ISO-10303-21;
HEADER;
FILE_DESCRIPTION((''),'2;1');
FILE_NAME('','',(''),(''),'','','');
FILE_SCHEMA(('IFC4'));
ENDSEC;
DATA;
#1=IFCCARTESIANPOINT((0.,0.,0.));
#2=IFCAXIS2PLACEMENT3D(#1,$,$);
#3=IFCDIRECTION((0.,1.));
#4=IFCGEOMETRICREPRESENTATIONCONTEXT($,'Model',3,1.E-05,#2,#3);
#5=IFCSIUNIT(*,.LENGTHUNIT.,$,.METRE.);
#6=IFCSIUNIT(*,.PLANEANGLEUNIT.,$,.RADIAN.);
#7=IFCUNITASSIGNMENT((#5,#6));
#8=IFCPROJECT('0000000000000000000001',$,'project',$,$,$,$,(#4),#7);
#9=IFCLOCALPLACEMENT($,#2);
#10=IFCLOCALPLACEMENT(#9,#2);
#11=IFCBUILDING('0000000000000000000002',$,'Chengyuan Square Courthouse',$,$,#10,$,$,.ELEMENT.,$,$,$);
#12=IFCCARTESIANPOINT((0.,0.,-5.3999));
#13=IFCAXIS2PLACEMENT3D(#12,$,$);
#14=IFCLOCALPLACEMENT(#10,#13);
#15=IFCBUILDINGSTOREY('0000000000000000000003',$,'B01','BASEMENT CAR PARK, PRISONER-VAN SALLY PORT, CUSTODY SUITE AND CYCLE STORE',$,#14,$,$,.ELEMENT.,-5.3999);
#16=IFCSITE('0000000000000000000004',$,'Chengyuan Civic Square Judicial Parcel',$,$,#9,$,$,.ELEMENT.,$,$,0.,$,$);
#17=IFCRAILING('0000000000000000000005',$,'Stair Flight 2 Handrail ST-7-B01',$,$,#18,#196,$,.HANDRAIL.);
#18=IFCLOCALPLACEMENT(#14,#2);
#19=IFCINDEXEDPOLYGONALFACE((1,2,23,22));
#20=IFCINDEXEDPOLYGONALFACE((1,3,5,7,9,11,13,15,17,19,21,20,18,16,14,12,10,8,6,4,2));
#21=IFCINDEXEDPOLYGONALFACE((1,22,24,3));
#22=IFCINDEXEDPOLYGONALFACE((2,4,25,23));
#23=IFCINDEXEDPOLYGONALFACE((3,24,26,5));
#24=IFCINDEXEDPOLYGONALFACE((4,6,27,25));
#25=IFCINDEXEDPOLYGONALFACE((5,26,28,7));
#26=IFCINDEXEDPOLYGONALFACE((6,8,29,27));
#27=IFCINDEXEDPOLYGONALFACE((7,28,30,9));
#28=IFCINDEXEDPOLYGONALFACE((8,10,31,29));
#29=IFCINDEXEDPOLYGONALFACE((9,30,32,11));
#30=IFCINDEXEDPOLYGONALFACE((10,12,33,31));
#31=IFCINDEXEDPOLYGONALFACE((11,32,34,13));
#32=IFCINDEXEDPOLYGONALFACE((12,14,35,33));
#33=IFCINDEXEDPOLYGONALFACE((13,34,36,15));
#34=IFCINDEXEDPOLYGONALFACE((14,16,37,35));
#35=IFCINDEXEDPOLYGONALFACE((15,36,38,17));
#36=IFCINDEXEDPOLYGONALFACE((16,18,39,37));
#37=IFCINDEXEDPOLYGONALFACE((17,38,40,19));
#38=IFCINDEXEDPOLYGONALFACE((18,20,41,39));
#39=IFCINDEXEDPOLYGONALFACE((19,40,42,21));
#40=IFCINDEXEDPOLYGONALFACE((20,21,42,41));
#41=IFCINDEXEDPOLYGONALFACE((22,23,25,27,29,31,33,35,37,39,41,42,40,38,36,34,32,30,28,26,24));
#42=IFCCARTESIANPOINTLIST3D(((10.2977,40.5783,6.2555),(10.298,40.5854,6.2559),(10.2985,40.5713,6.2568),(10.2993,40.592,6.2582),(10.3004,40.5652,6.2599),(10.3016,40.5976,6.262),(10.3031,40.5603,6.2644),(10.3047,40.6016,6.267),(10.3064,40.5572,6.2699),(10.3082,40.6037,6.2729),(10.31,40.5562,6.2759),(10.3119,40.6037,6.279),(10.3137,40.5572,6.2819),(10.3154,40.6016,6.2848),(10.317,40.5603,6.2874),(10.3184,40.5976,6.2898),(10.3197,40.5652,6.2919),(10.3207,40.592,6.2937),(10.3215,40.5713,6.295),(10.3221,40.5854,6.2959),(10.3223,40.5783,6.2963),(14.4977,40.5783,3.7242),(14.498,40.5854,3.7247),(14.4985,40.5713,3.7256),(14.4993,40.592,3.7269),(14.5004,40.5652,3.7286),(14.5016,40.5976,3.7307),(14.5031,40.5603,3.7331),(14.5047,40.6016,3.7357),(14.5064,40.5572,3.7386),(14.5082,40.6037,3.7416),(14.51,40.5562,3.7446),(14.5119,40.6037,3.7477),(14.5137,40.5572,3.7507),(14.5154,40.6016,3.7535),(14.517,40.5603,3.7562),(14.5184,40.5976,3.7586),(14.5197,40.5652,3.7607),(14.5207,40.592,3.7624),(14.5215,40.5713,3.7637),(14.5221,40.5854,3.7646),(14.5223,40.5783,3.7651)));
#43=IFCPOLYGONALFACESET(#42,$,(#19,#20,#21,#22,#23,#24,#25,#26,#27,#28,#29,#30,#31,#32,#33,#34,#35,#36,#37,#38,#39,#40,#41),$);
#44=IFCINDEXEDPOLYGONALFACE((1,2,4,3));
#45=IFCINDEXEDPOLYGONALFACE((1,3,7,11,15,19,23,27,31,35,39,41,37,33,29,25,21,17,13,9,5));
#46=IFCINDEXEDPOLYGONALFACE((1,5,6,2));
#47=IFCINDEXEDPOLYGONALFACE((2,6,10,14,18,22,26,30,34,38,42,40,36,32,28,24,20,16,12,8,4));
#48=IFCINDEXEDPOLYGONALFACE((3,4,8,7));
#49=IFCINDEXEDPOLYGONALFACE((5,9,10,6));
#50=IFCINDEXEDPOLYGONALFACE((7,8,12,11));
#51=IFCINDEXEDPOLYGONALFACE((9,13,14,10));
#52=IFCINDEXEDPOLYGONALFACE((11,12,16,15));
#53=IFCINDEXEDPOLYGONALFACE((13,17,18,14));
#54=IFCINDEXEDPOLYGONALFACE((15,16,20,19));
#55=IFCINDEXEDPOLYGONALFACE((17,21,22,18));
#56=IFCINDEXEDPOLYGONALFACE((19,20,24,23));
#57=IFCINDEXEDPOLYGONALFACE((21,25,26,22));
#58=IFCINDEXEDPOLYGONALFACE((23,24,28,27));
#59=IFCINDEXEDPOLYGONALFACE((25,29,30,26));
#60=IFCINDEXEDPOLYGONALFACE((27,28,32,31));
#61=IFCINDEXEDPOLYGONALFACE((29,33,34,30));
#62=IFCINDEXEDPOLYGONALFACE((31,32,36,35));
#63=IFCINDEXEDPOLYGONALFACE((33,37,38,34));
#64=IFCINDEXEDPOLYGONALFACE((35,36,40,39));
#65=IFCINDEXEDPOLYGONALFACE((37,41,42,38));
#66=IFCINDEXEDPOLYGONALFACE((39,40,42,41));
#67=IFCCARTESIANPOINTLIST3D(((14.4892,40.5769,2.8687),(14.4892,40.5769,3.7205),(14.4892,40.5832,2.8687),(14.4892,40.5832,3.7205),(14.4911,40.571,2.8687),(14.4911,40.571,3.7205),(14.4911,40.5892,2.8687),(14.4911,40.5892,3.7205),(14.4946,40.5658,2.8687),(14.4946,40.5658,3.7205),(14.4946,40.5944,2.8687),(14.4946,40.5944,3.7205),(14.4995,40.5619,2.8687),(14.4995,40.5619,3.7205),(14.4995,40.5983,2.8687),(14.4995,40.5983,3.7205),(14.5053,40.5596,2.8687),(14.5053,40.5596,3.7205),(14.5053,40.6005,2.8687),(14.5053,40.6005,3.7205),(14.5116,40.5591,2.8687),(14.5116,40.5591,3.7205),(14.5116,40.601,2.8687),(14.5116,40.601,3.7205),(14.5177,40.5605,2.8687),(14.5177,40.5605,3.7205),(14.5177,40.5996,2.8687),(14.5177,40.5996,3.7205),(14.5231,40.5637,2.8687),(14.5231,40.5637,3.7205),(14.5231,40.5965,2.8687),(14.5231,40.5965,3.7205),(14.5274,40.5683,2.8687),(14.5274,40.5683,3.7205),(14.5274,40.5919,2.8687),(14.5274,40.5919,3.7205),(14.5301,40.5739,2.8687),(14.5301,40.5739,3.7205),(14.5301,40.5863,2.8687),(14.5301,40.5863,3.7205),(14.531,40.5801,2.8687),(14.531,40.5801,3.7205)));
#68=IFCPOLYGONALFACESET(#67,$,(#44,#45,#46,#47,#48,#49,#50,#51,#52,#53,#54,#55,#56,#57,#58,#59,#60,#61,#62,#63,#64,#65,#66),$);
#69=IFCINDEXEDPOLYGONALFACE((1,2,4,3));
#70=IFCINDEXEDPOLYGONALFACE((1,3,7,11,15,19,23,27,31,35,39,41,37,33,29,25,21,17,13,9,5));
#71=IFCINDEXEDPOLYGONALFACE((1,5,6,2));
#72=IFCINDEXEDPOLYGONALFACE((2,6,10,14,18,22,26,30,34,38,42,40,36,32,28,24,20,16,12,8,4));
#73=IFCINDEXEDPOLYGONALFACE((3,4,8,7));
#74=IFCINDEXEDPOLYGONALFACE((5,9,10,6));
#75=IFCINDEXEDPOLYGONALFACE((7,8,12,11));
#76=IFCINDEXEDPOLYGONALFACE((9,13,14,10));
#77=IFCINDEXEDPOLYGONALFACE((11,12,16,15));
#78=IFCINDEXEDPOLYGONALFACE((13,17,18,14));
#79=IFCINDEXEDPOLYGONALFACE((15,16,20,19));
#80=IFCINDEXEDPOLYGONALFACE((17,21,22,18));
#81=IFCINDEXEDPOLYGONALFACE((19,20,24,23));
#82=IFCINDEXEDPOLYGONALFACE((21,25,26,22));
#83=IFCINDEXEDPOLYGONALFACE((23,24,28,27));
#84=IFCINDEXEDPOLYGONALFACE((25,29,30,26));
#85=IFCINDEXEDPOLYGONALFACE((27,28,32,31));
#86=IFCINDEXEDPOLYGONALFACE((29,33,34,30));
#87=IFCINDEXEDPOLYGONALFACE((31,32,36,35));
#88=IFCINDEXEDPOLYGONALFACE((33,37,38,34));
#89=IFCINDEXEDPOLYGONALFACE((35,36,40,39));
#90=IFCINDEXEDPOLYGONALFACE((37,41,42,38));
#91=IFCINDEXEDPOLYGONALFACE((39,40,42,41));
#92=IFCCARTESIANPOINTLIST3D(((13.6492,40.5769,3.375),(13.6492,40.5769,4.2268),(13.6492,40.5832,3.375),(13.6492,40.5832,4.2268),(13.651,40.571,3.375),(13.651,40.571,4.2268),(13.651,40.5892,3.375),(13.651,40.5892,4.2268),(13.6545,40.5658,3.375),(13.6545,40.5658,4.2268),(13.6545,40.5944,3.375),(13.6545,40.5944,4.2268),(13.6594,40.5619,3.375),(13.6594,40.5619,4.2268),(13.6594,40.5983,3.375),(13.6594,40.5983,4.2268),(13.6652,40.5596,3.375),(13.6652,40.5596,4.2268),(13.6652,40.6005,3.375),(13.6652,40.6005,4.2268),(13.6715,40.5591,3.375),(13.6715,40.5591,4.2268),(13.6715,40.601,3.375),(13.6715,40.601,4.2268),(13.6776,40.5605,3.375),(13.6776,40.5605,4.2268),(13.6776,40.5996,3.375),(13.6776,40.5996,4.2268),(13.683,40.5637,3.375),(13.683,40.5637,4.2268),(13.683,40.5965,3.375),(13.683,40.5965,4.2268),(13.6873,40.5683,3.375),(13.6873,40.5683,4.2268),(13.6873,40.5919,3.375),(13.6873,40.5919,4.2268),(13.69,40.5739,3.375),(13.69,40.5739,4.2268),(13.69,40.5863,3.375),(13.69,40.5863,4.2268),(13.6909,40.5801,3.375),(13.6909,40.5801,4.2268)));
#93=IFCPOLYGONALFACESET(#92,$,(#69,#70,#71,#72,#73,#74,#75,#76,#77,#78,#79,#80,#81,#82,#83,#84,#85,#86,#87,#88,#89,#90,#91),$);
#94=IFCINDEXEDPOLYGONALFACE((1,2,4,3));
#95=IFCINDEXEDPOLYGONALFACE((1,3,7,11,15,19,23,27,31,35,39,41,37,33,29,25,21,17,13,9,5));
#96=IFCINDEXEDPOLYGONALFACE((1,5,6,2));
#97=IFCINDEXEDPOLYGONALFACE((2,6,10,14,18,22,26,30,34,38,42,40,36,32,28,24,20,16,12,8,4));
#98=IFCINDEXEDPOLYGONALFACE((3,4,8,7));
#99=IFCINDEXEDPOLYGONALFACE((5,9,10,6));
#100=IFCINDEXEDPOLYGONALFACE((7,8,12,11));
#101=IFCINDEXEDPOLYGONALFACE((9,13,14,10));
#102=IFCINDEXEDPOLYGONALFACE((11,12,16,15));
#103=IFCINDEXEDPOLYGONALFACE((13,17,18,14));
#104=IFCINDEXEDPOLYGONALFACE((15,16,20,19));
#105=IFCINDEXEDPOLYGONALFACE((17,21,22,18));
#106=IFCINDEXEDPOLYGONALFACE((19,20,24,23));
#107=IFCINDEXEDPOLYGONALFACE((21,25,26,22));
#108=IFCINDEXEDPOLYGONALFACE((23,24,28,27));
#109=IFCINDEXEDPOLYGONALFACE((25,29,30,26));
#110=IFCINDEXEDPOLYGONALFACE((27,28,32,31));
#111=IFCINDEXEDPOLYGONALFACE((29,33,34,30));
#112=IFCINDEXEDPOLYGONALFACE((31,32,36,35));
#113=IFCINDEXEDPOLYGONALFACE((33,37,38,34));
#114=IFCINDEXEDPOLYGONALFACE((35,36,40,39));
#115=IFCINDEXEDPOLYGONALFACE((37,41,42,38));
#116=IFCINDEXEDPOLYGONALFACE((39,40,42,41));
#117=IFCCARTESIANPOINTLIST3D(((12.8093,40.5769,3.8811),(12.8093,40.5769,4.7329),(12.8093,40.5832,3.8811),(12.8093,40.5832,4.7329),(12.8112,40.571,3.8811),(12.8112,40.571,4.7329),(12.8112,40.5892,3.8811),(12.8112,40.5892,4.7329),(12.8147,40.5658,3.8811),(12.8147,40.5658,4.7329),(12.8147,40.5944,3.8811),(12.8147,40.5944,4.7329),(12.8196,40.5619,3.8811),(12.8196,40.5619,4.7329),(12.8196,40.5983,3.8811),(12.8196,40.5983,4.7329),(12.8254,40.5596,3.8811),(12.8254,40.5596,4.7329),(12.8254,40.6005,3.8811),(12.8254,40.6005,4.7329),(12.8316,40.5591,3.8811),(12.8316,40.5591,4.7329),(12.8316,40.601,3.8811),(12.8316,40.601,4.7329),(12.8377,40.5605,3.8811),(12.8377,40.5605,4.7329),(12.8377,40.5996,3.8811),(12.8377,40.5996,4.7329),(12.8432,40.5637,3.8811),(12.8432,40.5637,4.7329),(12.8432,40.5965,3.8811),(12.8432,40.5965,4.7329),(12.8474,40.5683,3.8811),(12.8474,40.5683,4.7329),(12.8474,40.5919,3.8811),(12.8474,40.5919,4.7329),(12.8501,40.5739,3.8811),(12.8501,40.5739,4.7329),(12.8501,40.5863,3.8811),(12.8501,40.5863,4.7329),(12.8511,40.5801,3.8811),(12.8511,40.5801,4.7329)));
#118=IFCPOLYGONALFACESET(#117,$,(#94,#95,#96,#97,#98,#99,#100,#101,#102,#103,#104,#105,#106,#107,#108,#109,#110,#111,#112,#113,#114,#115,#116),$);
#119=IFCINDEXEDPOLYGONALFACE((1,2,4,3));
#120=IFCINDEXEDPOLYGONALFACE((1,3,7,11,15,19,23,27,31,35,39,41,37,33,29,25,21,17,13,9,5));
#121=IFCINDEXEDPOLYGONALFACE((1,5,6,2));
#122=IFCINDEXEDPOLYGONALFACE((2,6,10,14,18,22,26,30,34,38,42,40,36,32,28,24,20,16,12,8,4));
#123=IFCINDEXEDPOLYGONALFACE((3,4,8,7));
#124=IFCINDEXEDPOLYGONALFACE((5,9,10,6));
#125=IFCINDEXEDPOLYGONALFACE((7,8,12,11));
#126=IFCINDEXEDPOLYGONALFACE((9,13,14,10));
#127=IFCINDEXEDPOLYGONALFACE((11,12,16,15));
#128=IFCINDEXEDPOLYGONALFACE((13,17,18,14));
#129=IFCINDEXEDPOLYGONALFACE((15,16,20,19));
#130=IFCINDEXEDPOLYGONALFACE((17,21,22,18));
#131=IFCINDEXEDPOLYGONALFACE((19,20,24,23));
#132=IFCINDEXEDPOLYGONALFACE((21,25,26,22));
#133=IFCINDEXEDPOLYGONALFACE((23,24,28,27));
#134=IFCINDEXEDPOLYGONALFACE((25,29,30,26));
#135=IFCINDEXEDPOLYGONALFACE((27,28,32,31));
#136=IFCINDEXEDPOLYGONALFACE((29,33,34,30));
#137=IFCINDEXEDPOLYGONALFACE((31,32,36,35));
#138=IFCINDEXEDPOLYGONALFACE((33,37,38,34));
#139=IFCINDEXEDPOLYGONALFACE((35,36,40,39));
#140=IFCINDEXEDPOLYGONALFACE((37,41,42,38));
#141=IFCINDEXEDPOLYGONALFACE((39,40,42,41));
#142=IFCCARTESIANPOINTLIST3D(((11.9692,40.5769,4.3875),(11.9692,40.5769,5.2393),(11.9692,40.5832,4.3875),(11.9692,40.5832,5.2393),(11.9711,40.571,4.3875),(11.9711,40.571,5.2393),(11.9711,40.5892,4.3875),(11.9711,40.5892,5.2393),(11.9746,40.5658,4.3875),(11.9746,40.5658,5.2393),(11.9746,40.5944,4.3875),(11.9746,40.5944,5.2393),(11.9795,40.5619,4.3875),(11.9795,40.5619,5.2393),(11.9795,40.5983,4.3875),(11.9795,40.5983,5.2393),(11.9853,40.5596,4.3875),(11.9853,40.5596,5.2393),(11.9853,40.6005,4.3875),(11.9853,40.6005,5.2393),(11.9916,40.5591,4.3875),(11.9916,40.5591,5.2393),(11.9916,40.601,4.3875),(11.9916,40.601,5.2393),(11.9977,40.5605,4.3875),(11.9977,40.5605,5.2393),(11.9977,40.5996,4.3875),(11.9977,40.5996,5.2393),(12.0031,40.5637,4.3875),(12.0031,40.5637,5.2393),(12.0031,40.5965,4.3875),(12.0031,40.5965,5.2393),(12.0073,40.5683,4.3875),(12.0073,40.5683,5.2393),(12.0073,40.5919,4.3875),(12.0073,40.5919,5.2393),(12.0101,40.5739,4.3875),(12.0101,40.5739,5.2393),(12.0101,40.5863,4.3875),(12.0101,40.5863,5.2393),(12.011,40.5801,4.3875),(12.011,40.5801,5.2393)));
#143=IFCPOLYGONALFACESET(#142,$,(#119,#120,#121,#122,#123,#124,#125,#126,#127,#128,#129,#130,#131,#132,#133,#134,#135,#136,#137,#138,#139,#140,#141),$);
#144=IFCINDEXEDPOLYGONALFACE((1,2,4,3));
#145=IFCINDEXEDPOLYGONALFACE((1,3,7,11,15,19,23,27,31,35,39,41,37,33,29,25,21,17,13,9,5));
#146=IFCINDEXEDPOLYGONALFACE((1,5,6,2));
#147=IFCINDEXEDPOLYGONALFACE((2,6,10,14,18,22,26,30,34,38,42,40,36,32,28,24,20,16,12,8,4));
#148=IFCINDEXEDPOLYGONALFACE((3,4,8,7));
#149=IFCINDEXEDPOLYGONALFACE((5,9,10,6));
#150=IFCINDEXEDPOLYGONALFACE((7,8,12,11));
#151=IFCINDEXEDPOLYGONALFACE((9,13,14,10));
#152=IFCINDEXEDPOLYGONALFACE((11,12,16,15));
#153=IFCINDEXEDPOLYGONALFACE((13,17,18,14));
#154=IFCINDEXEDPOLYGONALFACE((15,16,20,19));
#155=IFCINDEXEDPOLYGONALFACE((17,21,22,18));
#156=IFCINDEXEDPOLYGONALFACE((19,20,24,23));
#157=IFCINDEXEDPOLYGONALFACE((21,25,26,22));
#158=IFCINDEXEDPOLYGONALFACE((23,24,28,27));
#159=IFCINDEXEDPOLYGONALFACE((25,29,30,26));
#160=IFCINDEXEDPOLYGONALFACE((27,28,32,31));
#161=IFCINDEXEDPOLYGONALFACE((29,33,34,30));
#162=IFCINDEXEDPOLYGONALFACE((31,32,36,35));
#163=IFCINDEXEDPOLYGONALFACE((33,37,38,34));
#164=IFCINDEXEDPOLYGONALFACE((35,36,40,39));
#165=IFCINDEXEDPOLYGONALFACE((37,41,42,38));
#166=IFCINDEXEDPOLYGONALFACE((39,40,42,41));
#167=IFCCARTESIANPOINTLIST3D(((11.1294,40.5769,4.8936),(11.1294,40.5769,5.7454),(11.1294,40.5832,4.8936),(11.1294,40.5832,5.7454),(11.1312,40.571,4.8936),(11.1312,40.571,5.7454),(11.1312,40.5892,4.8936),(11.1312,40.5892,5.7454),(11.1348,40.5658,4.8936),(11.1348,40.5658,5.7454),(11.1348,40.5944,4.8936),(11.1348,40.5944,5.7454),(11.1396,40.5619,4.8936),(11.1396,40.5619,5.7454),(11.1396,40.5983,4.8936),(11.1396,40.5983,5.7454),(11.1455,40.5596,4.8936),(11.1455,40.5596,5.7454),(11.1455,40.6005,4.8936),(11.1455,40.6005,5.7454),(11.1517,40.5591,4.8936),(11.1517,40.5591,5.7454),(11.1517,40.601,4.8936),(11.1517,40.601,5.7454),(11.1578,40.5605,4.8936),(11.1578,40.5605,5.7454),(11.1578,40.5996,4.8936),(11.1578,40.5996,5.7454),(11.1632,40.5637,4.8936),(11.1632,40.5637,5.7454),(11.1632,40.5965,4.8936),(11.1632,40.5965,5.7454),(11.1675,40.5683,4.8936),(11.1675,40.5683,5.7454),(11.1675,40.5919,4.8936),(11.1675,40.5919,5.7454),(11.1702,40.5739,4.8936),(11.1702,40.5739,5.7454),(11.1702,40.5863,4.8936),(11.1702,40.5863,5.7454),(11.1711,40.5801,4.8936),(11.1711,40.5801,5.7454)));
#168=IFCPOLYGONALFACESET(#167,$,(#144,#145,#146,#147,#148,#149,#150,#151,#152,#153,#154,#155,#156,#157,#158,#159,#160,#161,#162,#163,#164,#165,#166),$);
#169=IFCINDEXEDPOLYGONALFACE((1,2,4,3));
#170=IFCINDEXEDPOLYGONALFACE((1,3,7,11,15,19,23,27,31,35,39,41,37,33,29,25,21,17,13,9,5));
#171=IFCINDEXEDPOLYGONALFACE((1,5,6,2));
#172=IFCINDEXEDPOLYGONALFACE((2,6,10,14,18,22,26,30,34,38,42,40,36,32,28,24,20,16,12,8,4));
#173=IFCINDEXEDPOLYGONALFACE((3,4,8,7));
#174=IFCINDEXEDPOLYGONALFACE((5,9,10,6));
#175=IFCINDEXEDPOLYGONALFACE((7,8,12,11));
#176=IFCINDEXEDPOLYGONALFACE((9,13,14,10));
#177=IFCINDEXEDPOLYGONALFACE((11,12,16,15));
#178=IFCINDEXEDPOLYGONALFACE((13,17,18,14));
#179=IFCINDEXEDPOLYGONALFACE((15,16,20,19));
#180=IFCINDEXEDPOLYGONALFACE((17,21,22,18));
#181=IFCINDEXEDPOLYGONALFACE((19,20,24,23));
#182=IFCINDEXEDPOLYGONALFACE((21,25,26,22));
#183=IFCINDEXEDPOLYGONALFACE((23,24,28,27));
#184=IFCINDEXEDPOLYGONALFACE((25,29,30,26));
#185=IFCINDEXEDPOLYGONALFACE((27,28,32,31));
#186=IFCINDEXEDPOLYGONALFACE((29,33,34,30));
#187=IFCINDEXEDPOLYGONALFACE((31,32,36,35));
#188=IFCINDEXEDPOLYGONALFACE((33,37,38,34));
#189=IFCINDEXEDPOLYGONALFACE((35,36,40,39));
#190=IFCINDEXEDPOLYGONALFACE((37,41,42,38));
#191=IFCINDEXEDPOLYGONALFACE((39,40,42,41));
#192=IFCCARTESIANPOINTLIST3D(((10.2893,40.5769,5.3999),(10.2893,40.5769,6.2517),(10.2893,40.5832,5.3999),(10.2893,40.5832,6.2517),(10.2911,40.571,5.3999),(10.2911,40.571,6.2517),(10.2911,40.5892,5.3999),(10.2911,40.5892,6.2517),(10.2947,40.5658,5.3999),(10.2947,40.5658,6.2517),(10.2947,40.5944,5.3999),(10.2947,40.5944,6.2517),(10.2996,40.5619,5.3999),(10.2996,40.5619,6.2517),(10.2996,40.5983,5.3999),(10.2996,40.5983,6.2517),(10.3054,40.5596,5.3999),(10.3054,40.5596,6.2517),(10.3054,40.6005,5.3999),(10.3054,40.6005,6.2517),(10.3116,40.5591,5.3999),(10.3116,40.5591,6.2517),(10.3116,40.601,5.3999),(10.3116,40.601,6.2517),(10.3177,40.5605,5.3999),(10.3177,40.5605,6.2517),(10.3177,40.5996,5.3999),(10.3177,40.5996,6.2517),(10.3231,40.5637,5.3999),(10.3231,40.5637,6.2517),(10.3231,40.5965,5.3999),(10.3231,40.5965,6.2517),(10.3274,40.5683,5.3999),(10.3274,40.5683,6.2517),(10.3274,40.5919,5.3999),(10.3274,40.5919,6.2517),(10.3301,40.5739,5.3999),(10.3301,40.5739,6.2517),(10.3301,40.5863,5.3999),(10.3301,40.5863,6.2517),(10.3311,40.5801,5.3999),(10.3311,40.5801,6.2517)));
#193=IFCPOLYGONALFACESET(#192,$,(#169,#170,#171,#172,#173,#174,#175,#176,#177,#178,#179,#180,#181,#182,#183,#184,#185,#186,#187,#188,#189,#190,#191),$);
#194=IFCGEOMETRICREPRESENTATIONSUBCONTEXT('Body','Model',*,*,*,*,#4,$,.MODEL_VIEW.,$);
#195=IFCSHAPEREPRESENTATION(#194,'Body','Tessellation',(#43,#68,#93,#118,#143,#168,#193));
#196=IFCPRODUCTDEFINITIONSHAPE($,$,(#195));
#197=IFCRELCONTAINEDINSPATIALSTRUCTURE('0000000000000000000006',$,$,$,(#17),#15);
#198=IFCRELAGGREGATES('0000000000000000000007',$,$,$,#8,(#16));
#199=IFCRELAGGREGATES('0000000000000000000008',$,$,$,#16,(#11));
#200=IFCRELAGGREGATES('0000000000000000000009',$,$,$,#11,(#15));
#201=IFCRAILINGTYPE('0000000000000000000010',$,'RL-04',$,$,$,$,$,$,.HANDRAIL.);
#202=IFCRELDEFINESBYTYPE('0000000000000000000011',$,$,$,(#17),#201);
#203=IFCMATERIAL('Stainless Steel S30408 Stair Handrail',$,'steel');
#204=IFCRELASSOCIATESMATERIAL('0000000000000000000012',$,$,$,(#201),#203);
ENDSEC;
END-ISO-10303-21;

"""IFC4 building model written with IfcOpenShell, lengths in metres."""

from ifc_helpers import new_model, si_unit, direction, frame, origin, origin_2d, place, context, subcontext, project, spatial, circle, extrude, material, type_object, element, save


model = new_model("IFC4")

# Units and contexts
model_context = context("Model", 3, precision=1e-05, world=origin(), true_north=direction((0.0, 1.0)))
body_context = subcontext(model_context, "Body", "Model", "MODEL_VIEW")
ifc_project = project(units=[si_unit("LENGTHUNIT", "METRE"), si_unit("PLANEANGLEUNIT", "RADIAN")], contexts=[model_context])

# Site, building, storey
site_placement = place(None, origin())
site = spatial("IfcSite", under=ifc_project, at=site_placement, Name="Chengyuan Civic Square Judicial Parcel", CompositionType="ELEMENT", RefElevation=0.0)
building_placement = place(site_placement, origin())
building = spatial("IfcBuilding", under=site, at=building_placement, Name="Chengyuan Square Courthouse", CompositionType="ELEMENT")
storey_placement = place(building_placement, frame((0.0, 0.0, -5.3999)))
storey = spatial("IfcBuildingStorey", under=building, at=storey_placement, Name="B01", Description="BASEMENT CAR PARK, PRISONER-VAN SALLY PORT, CUSTODY SUITE AND CYCLE STORE", CompositionType="ELEMENT", Elevation=-5.3999)

# Railing
ifc_material_1 = material(Name="Stainless Steel S30408 Stair Handrail", Category="steel")
railing_type_1 = type_object("IfcRailingType", Name="RL-04", PredefinedType="HANDRAIL", material=ifc_material_1)
railing_1_placement = place(storey_placement, frame((14.51, 40.5801, 2.8687)))
element("IfcRailing", 1, at=railing_1_placement, inside=storey, type_object=railing_type_1, Name="Stair Flight 2 Handrail ST-7-B01", PredefinedType="HANDRAIL", context=body_context, shape_type="SweptSolid", body=[
    extrude(circle(Radius=0.0239, at=origin_2d()), frame((0.0, 0.0, 0.876), z_axis=(-0.856476, 0.0, 0.516186), x_axis=(0.0, -1.0, 0.0)), (0.0, 0.0, 1.0), 4.9038),
    extrude(circle(Radius=0.021, at=origin_2d()), origin(), (0.0, 0.0, 1.0), 0.8518),
    extrude(circle(Radius=0.021, at=origin_2d()), frame((-0.8401, 0.0, 0.5063)), (0.0, 0.0, 1.0), 0.8518),
    extrude(circle(Radius=0.021, at=origin_2d()), frame((-1.6799, 0.0, 1.0125)), (0.0, 0.0, 1.0), 0.8518),
    extrude(circle(Radius=0.021, at=origin_2d()), frame((-2.52, 0.0, 1.5188)), (0.0, 0.0, 1.0), 0.8518),
    extrude(circle(Radius=0.021, at=origin_2d()), frame((-3.3599, 0.0, 2.0249)), (0.0, 0.0, 1.0), 0.8518),
    extrude(circle(Radius=0.021, at=origin_2d()), frame((-4.2, 0.0, 2.5312)), (0.0, 0.0, 1.0), 0.8518),
])

save(model, "model.ifc")
